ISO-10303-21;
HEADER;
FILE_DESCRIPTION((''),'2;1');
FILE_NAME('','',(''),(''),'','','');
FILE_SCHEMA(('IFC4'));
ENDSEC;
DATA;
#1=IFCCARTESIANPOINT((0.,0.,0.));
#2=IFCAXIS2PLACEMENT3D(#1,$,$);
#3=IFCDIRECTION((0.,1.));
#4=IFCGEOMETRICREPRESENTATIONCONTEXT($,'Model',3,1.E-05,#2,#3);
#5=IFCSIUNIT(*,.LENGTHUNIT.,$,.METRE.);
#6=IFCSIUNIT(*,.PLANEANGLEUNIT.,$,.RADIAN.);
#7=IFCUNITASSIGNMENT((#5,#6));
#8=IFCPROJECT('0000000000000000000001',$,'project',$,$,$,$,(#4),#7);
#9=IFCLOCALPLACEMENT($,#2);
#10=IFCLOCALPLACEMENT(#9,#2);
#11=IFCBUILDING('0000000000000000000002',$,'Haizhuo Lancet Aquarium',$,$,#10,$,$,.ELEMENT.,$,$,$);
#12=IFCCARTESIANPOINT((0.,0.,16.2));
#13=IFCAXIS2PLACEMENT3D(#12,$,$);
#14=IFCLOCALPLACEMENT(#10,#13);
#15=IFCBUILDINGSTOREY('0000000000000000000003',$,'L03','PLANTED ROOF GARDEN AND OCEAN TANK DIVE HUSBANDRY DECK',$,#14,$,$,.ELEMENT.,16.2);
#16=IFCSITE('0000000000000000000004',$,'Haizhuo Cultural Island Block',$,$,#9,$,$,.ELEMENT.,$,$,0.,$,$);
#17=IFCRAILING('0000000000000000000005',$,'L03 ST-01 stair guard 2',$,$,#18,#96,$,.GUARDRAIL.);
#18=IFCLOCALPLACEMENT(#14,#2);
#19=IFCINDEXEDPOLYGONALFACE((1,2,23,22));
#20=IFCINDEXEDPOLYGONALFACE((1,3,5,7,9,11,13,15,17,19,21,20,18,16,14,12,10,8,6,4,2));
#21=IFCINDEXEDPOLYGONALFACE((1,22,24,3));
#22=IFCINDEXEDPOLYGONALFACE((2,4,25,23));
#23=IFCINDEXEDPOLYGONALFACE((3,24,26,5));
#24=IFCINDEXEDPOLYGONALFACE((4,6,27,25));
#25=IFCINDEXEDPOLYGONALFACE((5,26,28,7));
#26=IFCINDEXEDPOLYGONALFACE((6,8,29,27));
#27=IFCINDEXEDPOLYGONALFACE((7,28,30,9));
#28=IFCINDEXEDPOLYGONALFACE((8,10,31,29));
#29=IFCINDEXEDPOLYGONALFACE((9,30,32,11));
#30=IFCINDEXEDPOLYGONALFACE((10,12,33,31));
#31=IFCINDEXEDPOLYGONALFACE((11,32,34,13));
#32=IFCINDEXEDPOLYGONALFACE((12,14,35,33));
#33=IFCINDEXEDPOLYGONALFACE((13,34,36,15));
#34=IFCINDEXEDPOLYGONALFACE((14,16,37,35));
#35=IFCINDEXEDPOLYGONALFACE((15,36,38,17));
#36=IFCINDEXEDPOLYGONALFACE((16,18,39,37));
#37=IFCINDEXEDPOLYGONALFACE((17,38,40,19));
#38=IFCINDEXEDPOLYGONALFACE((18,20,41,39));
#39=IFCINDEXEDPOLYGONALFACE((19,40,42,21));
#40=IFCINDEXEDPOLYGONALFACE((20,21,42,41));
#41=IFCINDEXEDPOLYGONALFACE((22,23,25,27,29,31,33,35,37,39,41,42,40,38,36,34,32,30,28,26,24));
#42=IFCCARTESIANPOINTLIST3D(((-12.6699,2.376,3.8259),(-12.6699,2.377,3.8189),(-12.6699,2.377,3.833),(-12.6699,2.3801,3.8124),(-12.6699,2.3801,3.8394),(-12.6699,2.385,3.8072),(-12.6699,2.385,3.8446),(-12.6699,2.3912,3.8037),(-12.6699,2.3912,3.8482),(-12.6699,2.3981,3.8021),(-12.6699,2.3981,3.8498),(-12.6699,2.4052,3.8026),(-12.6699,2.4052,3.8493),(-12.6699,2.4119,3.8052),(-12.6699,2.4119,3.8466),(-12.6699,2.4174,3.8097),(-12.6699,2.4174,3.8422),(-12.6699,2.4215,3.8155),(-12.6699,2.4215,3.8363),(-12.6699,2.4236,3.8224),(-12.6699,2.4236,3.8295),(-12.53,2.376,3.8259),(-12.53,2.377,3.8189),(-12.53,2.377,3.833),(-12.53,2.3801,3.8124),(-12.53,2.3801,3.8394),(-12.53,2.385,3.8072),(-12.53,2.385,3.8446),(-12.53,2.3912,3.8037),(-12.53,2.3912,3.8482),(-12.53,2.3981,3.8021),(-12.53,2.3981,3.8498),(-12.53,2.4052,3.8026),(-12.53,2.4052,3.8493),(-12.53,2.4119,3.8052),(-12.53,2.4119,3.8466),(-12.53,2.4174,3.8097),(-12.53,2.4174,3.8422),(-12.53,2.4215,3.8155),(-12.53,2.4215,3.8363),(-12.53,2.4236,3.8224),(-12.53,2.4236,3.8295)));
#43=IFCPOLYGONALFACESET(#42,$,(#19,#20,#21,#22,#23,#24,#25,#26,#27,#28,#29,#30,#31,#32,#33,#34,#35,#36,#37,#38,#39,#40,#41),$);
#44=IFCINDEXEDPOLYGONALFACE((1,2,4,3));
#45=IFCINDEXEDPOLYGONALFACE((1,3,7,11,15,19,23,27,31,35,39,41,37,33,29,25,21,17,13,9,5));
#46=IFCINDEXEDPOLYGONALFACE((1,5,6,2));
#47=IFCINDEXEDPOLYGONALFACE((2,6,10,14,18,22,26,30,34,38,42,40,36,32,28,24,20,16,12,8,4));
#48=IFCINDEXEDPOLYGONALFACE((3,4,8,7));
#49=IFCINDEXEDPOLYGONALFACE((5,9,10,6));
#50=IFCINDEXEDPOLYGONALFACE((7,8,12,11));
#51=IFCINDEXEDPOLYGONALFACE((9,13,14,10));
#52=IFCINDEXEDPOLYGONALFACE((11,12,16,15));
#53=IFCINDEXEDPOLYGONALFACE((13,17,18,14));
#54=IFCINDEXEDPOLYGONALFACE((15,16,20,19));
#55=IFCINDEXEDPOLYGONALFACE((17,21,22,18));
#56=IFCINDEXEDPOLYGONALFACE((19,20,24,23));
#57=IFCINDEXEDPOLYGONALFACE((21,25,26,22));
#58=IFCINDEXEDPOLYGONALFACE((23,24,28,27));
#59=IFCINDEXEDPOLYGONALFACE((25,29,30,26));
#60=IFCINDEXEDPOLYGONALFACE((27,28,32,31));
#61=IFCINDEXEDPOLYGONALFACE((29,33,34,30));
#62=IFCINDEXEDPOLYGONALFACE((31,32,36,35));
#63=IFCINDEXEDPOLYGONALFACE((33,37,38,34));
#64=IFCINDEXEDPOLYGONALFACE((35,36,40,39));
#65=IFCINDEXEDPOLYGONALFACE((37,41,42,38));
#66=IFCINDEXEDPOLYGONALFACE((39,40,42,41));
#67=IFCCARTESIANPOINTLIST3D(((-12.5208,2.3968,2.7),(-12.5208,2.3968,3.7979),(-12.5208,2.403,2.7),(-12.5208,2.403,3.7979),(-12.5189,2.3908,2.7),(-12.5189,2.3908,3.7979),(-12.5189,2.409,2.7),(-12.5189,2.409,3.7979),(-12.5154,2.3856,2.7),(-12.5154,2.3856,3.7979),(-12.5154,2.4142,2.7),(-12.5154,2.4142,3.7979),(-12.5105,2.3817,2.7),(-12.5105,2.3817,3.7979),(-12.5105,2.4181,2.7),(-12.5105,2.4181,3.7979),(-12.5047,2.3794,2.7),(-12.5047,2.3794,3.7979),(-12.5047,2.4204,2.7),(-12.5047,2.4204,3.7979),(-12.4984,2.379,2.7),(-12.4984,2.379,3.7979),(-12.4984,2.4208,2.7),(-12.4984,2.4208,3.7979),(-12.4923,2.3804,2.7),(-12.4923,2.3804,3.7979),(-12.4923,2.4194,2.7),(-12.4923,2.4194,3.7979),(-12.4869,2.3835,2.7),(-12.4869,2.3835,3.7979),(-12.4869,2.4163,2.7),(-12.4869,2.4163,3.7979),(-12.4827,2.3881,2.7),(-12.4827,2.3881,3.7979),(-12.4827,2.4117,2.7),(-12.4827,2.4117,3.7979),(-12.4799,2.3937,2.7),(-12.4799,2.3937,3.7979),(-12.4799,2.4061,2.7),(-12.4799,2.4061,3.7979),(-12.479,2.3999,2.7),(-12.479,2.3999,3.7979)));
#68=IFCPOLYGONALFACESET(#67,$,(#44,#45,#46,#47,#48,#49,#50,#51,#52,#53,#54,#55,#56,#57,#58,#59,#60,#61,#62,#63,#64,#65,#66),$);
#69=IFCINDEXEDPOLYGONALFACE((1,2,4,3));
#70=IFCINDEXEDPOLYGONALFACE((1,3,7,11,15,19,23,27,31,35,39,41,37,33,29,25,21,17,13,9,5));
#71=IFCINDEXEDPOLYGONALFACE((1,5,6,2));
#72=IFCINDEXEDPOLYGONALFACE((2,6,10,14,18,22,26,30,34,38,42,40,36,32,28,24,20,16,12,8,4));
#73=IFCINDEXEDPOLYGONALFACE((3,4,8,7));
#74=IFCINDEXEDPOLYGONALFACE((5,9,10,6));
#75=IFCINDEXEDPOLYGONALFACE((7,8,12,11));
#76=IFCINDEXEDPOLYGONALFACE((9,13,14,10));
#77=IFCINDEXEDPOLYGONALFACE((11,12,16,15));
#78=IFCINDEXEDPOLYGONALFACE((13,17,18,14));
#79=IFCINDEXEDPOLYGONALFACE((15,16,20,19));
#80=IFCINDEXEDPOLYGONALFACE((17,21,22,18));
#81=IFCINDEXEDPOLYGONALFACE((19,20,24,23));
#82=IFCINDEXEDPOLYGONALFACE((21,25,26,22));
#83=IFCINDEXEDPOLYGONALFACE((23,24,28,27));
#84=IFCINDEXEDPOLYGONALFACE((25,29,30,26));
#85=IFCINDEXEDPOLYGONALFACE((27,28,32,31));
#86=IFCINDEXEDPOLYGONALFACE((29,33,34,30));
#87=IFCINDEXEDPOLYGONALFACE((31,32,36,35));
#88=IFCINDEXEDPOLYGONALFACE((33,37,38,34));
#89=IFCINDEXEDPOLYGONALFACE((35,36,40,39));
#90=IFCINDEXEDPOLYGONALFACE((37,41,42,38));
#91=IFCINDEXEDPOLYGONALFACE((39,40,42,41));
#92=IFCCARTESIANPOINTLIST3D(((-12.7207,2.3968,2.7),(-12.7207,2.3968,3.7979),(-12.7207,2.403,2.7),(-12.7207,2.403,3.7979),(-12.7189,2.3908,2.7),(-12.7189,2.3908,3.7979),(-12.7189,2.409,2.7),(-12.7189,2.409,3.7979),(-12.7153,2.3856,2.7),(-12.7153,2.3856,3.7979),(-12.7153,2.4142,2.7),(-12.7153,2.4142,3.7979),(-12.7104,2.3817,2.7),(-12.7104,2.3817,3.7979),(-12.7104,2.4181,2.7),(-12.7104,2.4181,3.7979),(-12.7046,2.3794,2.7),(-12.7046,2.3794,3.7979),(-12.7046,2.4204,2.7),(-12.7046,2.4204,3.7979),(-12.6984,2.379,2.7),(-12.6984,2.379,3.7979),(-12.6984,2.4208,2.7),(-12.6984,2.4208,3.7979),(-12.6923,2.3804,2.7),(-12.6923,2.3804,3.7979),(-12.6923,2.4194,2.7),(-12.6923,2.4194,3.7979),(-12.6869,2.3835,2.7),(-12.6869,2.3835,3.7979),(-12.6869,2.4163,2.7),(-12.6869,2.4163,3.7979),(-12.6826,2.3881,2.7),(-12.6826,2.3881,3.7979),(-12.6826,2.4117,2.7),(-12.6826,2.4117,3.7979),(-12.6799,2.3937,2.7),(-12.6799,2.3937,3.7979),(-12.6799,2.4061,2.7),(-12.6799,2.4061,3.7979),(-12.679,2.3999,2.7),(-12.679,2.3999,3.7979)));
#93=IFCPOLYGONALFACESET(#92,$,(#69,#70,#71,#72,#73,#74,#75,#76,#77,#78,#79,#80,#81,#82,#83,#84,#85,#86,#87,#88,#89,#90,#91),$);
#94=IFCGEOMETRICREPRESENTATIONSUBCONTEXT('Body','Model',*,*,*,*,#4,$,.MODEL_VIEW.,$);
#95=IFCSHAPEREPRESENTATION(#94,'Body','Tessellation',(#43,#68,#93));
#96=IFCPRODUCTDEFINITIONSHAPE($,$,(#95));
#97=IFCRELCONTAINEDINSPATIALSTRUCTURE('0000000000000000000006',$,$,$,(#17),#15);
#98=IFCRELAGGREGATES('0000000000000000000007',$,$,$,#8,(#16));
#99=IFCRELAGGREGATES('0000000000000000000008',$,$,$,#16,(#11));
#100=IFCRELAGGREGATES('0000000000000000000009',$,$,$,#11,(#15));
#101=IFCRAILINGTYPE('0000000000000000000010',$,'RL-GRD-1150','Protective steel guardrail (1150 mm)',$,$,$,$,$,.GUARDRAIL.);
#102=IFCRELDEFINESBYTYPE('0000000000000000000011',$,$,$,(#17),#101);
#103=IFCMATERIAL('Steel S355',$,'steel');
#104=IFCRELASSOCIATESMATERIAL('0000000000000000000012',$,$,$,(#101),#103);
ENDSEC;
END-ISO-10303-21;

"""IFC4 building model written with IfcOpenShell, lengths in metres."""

from ifc_helpers import new_model, si_unit, direction, frame, origin, origin_2d, place, context, subcontext, project, spatial, circle, extrude, material, type_object, element, save


model = new_model("IFC4")

# Units and contexts
model_context = context("Model", 3, precision=1e-05, world=origin(), true_north=direction((0.0, 1.0)))
body_context = subcontext(model_context, "Body", "Model", "MODEL_VIEW")
ifc_project = project(units=[si_unit("LENGTHUNIT", "METRE"), si_unit("PLANEANGLEUNIT", "RADIAN")], contexts=[model_context])

# Site, building, storey
site_placement = place(None, origin())
site = spatial("IfcSite", under=ifc_project, at=site_placement, Name="Haizhuo Cultural Island Block", CompositionType="ELEMENT", RefElevation=0.0)
building_placement = place(site_placement, origin())
building = spatial("IfcBuilding", under=site, at=building_placement, Name="Haizhuo Lancet Aquarium", CompositionType="ELEMENT")
storey_placement = place(building_placement, frame((0.0, 0.0, 16.2)))
storey = spatial("IfcBuildingStorey", under=building, at=storey_placement, Name="L03", Description="PLANTED ROOF GARDEN AND OCEAN TANK DIVE HUSBANDRY DECK", CompositionType="ELEMENT", Elevation=16.2)

# Shared definitions
ifc_material_1 = material(Name="Steel S355", Category="steel")

# Railing
railing_type_1 = type_object("IfcRailingType", Name="RL-GRD-1150", Description="Protective steel guardrail (1150 mm)", PredefinedType="GUARDRAIL", material=ifc_material_1)
railing_1_placement = place(storey_placement, frame((-12.5, 2.3999, 2.7)))
element("IfcRailing", 1, at=railing_1_placement, inside=storey, type_object=railing_type_1, Name="L03 ST-01 stair guard 2", PredefinedType="GUARDRAIL", context=body_context, shape_type="SweptSolid", body=[
    extrude(circle(Radius=0.0239, at=origin_2d()), frame((-0.03, 0.0, 1.126), z_axis=(-1.0, 0.0, 0.0), x_axis=(0.0, -1.0, 0.0)), (0.0, 0.0, 1.0), 0.1399),
    extrude(circle(Radius=0.021, at=origin_2d()), origin(), (0.0, 0.0, 1.0), 1.0979),
    extrude(circle(Radius=0.021, at=origin_2d()), frame((-0.2, 0.0, 0.0)), (0.0, 0.0, 1.0), 1.0979),
])

save(model, "model.ifc")
